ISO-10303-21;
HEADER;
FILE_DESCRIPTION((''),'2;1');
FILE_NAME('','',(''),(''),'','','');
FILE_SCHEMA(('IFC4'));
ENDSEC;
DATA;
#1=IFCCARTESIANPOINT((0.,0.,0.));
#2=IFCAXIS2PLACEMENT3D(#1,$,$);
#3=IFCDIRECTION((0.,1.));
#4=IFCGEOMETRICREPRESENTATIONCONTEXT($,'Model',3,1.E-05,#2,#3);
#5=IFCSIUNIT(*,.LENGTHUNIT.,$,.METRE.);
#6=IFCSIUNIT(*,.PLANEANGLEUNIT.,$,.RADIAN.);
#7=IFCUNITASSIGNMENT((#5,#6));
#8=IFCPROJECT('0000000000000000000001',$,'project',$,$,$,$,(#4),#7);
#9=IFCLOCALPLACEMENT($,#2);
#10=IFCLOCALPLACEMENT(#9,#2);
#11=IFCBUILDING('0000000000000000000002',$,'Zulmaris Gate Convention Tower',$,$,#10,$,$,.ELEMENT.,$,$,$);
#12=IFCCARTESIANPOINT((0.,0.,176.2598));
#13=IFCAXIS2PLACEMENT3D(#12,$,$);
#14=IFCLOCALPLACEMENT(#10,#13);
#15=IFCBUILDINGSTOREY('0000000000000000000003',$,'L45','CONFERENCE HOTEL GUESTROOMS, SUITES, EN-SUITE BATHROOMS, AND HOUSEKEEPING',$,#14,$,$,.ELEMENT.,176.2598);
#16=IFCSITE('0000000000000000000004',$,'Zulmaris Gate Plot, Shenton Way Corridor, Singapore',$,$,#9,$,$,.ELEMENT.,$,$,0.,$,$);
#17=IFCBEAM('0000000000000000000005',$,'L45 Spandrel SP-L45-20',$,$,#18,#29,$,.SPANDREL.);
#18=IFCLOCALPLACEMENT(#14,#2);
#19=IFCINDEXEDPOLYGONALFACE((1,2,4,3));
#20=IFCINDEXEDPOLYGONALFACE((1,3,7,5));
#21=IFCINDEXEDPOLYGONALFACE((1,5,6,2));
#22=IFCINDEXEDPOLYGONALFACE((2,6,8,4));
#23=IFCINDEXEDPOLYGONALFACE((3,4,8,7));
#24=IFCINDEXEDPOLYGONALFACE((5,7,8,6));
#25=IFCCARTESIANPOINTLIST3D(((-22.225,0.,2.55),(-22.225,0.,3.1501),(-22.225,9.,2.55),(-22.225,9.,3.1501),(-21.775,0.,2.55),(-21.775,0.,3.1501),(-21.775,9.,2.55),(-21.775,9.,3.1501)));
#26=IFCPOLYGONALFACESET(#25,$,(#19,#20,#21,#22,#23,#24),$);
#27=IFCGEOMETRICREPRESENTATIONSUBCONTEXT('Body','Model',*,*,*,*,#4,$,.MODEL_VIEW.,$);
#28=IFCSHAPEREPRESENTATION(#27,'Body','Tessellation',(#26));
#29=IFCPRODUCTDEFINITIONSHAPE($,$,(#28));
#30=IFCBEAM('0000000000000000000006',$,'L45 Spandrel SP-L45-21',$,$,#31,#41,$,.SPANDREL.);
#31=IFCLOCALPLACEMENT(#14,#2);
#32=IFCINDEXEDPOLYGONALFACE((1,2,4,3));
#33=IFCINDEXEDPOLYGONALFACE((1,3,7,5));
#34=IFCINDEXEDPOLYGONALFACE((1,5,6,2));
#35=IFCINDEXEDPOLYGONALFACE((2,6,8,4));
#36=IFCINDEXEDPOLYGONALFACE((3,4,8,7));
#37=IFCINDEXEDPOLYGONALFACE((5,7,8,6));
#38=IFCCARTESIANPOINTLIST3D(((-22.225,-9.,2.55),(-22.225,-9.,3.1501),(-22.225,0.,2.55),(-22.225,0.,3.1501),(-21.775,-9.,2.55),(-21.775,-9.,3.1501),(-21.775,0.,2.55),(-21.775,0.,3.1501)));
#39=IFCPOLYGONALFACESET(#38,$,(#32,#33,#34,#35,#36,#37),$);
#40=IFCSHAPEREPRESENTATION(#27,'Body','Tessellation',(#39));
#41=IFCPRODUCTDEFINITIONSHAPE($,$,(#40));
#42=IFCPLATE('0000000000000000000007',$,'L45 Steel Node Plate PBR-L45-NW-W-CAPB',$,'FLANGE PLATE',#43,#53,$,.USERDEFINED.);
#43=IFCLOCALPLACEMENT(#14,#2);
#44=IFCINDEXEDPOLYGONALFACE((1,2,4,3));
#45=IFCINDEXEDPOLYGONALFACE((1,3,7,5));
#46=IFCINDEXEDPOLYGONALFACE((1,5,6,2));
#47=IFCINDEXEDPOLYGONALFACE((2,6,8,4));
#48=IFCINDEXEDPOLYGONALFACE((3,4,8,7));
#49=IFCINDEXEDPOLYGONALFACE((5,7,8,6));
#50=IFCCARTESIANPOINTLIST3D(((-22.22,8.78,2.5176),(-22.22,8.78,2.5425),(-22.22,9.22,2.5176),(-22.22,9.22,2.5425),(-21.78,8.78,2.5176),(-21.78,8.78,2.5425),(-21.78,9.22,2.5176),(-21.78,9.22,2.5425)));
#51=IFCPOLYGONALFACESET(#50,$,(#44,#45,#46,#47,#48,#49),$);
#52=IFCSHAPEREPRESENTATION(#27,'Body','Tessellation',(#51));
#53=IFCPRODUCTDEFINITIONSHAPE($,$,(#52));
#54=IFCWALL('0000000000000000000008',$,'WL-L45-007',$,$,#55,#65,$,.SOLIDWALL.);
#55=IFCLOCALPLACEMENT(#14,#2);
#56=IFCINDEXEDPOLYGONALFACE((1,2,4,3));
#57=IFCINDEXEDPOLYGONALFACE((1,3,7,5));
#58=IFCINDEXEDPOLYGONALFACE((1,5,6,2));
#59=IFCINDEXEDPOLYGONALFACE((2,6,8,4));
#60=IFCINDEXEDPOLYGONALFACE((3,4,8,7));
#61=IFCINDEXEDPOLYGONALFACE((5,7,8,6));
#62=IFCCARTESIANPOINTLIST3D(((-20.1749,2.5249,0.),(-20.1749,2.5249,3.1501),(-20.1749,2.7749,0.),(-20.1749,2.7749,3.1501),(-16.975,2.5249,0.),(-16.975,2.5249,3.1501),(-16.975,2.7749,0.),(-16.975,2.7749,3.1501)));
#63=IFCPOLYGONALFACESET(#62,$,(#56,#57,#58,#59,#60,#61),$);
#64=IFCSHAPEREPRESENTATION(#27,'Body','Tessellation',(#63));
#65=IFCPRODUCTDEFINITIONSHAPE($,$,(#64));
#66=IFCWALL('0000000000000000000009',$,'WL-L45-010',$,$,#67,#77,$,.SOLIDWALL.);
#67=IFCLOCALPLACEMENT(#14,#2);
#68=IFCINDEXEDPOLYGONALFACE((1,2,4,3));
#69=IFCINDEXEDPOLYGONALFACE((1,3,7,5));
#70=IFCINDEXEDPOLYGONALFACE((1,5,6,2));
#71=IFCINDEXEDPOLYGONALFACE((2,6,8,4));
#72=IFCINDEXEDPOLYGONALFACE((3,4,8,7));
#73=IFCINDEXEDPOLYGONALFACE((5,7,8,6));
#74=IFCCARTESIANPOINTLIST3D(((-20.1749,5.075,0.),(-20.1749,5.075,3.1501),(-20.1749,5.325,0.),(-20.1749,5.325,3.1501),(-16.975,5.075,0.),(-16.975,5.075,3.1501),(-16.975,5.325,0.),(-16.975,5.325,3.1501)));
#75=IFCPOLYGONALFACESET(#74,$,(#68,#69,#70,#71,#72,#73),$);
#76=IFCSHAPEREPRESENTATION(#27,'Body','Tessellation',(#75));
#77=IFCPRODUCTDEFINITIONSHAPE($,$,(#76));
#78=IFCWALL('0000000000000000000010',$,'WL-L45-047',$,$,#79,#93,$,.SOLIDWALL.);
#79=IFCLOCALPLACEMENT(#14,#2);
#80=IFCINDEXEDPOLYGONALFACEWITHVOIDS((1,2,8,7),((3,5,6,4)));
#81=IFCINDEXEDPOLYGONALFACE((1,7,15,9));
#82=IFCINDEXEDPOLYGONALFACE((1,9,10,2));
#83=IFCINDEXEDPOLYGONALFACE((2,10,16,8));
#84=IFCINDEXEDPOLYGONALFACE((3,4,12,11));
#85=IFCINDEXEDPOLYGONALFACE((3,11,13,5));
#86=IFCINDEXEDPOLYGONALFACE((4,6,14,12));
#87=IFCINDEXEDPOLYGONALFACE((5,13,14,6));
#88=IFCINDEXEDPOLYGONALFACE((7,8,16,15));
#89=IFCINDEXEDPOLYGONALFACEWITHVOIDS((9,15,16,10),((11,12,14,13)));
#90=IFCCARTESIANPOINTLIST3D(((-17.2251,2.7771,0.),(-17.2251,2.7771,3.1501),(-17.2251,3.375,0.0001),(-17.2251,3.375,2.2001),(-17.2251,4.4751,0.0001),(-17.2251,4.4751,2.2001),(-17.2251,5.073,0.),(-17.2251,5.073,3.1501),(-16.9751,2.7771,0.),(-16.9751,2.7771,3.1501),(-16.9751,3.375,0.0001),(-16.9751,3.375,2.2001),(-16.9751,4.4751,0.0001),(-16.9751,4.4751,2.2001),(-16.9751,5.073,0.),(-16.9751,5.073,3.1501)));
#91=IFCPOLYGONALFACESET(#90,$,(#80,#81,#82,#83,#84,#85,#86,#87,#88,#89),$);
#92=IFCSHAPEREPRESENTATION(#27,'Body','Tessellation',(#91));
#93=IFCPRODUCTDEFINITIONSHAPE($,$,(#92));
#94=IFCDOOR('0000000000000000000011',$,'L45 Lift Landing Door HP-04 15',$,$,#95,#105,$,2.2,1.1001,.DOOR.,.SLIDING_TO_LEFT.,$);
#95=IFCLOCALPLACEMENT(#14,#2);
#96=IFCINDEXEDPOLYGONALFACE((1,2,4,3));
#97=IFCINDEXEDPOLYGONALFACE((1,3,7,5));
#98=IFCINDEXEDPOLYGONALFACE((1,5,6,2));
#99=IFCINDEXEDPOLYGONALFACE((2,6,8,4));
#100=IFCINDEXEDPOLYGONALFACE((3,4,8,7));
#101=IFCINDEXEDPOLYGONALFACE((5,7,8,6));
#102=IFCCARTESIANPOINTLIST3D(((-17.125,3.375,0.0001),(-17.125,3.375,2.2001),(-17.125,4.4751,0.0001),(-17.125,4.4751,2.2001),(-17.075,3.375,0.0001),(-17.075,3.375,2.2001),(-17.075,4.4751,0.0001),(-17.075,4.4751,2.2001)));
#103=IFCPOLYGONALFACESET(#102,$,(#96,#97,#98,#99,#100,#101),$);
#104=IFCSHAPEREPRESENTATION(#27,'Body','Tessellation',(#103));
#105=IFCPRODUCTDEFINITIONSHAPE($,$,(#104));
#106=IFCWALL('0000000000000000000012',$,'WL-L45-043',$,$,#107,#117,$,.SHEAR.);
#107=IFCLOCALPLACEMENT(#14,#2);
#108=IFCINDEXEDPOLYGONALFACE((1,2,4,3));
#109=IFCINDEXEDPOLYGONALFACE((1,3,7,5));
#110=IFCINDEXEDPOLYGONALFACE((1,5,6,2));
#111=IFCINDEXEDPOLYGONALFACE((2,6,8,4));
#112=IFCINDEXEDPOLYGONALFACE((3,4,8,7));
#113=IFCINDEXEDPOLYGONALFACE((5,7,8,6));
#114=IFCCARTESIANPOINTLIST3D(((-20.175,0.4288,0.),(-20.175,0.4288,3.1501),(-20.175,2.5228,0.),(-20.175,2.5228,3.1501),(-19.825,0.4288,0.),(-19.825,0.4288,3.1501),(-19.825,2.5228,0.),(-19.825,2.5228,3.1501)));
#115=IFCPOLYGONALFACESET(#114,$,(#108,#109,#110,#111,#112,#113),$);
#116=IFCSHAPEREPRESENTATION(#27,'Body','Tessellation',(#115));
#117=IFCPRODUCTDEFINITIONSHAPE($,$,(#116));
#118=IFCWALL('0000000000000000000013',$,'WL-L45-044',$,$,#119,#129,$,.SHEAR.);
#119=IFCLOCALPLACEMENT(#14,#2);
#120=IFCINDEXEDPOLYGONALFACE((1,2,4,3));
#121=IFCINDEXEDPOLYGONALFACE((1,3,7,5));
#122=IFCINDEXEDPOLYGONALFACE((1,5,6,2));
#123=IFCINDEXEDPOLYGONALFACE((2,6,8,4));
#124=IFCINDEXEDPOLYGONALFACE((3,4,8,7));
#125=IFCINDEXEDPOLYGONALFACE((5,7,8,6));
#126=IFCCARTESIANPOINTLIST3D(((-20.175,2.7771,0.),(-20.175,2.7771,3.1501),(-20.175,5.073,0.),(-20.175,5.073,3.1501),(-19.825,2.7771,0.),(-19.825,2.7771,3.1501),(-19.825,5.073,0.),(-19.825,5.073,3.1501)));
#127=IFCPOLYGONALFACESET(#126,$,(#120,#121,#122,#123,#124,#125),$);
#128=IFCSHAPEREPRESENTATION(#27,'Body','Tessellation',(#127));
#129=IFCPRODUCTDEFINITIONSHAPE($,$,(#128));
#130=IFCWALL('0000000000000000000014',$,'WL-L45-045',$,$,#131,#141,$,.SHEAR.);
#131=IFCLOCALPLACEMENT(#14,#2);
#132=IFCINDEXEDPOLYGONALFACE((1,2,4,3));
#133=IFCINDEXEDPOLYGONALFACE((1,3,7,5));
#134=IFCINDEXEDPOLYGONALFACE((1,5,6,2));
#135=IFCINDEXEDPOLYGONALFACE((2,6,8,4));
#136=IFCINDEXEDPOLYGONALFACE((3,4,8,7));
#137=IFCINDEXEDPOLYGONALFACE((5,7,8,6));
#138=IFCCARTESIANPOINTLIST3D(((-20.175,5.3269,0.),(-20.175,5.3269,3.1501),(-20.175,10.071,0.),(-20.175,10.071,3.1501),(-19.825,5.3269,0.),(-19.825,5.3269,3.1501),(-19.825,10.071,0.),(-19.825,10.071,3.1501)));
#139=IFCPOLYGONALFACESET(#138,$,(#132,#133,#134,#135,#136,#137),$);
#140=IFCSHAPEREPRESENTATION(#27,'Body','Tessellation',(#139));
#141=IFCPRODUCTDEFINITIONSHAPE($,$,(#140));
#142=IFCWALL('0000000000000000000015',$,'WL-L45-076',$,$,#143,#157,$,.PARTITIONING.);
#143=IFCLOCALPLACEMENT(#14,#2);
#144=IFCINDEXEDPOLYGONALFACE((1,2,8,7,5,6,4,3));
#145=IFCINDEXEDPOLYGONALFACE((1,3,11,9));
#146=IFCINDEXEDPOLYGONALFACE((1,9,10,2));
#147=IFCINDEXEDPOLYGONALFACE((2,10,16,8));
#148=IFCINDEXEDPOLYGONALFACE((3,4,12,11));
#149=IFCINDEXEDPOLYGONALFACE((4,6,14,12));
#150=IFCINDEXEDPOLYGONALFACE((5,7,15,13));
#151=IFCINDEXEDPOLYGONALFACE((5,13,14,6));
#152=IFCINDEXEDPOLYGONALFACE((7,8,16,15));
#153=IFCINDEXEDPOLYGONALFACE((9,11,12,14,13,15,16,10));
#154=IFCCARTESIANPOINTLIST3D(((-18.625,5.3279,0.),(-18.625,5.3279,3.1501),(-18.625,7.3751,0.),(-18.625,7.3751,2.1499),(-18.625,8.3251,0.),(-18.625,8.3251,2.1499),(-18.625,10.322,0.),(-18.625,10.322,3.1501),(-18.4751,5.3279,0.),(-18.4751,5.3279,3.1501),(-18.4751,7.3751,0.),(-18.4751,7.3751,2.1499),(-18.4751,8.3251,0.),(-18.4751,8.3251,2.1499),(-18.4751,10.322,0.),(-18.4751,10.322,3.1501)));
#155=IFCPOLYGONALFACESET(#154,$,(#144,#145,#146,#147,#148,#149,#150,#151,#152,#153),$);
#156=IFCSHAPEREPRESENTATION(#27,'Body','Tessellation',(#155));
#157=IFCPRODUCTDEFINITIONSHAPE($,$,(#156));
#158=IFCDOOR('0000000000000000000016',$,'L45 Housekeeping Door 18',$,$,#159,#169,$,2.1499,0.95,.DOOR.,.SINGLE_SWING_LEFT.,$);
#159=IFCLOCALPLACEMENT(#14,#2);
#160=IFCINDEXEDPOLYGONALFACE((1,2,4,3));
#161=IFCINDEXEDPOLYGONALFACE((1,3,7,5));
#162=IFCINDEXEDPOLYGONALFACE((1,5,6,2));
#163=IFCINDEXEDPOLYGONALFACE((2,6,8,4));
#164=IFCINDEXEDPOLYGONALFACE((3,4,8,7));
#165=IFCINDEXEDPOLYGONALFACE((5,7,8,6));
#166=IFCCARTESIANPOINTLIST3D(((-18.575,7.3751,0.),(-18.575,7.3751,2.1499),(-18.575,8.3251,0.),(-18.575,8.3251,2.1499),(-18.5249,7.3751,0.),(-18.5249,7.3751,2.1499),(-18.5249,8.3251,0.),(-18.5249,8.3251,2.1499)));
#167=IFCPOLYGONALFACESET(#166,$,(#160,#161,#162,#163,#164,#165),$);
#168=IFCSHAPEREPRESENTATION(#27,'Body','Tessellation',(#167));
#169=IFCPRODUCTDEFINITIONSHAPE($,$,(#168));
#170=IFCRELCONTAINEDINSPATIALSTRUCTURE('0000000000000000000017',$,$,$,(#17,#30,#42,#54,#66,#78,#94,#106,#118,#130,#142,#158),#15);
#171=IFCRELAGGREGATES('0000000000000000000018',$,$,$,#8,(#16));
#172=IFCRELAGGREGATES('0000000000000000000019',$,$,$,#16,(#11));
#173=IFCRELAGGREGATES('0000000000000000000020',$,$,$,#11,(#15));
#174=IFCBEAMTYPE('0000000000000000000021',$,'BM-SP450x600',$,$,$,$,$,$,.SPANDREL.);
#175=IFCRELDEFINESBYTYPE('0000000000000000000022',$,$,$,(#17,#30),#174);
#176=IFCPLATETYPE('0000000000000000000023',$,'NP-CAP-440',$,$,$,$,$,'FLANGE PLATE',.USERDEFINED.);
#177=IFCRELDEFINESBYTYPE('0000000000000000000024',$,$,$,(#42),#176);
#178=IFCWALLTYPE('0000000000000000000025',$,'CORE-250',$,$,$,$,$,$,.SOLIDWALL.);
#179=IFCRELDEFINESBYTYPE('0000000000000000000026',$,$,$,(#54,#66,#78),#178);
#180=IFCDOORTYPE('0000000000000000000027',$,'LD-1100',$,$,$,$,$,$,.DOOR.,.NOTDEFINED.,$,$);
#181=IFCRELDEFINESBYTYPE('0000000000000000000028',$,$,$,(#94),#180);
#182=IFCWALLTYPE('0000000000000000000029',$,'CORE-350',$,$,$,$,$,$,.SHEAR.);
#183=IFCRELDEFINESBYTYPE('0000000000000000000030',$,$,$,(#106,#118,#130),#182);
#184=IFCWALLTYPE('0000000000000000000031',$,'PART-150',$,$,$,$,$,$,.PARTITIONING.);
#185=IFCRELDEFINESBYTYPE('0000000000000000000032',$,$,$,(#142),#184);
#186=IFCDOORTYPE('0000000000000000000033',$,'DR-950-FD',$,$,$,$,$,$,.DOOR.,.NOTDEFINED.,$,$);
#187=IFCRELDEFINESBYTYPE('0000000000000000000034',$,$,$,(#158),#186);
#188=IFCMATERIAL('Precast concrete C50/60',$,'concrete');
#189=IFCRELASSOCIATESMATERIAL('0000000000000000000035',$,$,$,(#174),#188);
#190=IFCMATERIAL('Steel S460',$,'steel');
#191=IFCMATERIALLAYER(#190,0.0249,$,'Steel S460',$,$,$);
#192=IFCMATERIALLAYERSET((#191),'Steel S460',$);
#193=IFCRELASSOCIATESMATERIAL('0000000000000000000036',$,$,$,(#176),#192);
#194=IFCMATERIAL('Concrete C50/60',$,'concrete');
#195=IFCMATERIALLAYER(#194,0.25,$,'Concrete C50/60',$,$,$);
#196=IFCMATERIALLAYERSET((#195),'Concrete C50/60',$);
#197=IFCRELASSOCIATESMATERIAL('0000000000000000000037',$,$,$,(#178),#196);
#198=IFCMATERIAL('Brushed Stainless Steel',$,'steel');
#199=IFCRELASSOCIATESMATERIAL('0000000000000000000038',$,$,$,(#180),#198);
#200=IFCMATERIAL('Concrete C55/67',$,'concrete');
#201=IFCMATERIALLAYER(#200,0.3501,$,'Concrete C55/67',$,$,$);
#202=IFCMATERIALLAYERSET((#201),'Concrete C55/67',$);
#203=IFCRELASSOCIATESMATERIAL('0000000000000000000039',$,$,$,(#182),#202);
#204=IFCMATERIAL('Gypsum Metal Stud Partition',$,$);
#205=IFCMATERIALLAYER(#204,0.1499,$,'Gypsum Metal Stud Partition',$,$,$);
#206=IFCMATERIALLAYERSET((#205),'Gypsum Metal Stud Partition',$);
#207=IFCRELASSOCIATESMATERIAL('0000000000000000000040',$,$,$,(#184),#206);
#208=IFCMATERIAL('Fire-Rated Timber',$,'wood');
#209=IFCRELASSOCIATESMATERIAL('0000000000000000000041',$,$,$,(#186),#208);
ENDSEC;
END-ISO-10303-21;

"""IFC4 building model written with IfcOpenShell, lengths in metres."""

from ifc_helpers import new_model, si_unit, direction, frame, frame_2d, origin, origin_2d, place, context, subcontext, project, spatial, rectangle, extrude, material, layer, layer_set, material_profile, profile_set, type_object, element, fill, save


model = new_model("IFC4")

# Units and contexts
model_context = context("Model", 3, precision=1e-05, world=origin(), true_north=direction((0.0, 1.0)))
body_context = subcontext(model_context, "Body", "Model", "MODEL_VIEW")
ifc_project = project(units=[si_unit("LENGTHUNIT", "METRE"), si_unit("PLANEANGLEUNIT", "RADIAN")], contexts=[model_context])

# Site, building, storey
site_placement = place(None, origin())
site = spatial("IfcSite", under=ifc_project, at=site_placement, Name="Zulmaris Gate Plot, Shenton Way Corridor, Singapore", CompositionType="ELEMENT", RefElevation=0.0)
building_placement = place(site_placement, origin())
building = spatial("IfcBuilding", under=site, at=building_placement, Name="Zulmaris Gate Convention Tower", CompositionType="ELEMENT")
storey_placement = place(building_placement, frame((0.0, 0.0, 176.2598)))
storey = spatial("IfcBuildingStorey", under=building, at=storey_placement, Name="L45", Description="CONFERENCE HOTEL GUESTROOMS, SUITES, EN-SUITE BATHROOMS, AND HOUSEKEEPING", CompositionType="ELEMENT", Elevation=176.2598)

# Beams
ifc_material_1 = material(Name="Concrete C50/60", Category="concrete")
ifc_material_2 = material(Name="Precast concrete C50/60", Category="concrete")
ifc_material_profile_1 = material_profile(ifc_material_2, rectangle(XDim=0.45, YDim=0.6001, at=origin_2d()), Name="RC SPANDREL 450x600")
ifc_profile_set_1 = profile_set([ifc_material_profile_1], Name="Precast concrete C50/60")
beam_type_1 = type_object("IfcBeamType", Name="BM-SP450x600", PredefinedType="SPANDREL", material=ifc_profile_set_1)
for number, where, z_axis, x_axis, name in (
    (1, (-22.0, 9.0, 2.8501), (0.0, -1.0, 0.0), (1.0, 0.0, 0.0), "L45 Spandrel SP-L45-20"),
    (2, (-22.0, 0.0, 2.8501), (0.0, -1.0, 0.0), (1.0, 0.0, 0.0), "L45 Spandrel SP-L45-21"),
):
    element("IfcBeam", number, at=place(storey_placement, frame(where, z_axis=z_axis, x_axis=x_axis)), inside=storey, type_object=beam_type_1, Name=name, PredefinedType="SPANDREL", context=body_context, shape_type="SweptSolid", body=[
        extrude(rectangle(XDim=0.45, YDim=0.6001, at=origin_2d()), origin(), (0.0, 0.0, 1.0), 9.0),
    ])

# Plate
ifc_material_3 = material(Name="Steel S460", Category="steel")
ifc_layer_1 = layer(ifc_material_3, 0.0249, Name="Steel S460")
ifc_layer_set_1 = layer_set([ifc_layer_1], Name="Steel S460")
plate_type = type_object("IfcPlateType", Name="NP-CAP-440", ElementType="FLANGE PLATE", PredefinedType="USERDEFINED", material=ifc_layer_set_1)
plate_placement = place(storey_placement, frame((-22.0, 9.0, 2.5176), z_axis=(0.0, 0.0, 1.0), x_axis=(1.0, 0.0, 0.0)))
element("IfcPlate", 3, at=plate_placement, inside=storey, type_object=plate_type, Name="L45 Steel Node Plate PBR-L45-NW-W-CAPB", ObjectType="FLANGE PLATE", PredefinedType="USERDEFINED", context=body_context, shape_type="SweptSolid", body=[
    extrude(rectangle(XDim=0.4399, YDim=0.4399, at=origin_2d()), origin(), (0.0, 0.0, 1.0), 0.0249),
])

# Walls
ifc_layer_2 = layer(ifc_material_1, 0.25, Name="Concrete C50/60")
ifc_layer_set_2 = layer_set([ifc_layer_2], Name="Concrete C50/60")
wall_type_1 = type_object("IfcWallType", Name="CORE-250", PredefinedType="SOLIDWALL", material=ifc_layer_set_2)
for number, where, z_axis, x_axis, name in (
    (4, (-20.175, 2.6499, 0.0), (0.0, 0.0, 1.0), (1.0, 0.0, 0.0), "WL-L45-007"),
    (5, (-20.175, 5.2, 0.0), (0.0, 0.0, 1.0), (1.0, 0.0, 0.0), "WL-L45-010"),
):
    element("IfcWall", number, at=place(storey_placement, frame(where, z_axis=z_axis, x_axis=x_axis)), inside=storey, type_object=wall_type_1, Name=name, PredefinedType="SOLIDWALL", context=body_context, shape_type="SweptSolid", body=[
        extrude(rectangle(XDim=3.2, YDim=0.25, at=frame_2d((1.6001, 0.0))), origin(), (0.0, 0.0, 1.0), 3.1501),
    ])

# Wall, opening, door
wall_1_placement = place(storey_placement, frame((-17.1001, 2.7771, 0.0), z_axis=(0.0, 0.0, 1.0), x_axis=(0.0, 1.0, 0.0)))
wall_1 = element("IfcWall", 6, at=wall_1_placement, inside=storey, type_object=wall_type_1, Name="WL-L45-047", PredefinedType="SOLIDWALL", context=body_context, shape_type="SweptSolid", body=[
    extrude(rectangle(XDim=2.2959, YDim=0.25, at=frame_2d((1.1479, 0.0))), origin(), (0.0, 0.0, 1.0), 3.1501),
])
opening_1_placement = place(wall_1_placement, frame((0.5979, 0.0, 0.0)))
opening_1 = element("IfcOpeningElement", 7, at=opening_1_placement, cuts=wall_1, PredefinedType="OPENING", context=body_context, shape_type="SweptSolid", body=[
    extrude(rectangle(XDim=1.1001, YDim=2.2, at=frame_2d((0.55, 1.1001))), frame((0.0, 0.135, 0.0), z_axis=(0.0, -1.0, 0.0), x_axis=(1.0, 0.0, 0.0)), (0.0, 0.0, 1.0), 0.27),
])
ifc_material_4 = material(Name="Brushed Stainless Steel", Category="steel")
door_type_1 = type_object("IfcDoorType", Name="LD-1100", OperationType="NOTDEFINED", PredefinedType="DOOR", material=ifc_material_4)
door_1_placement = place(opening_1_placement, origin())
door_1 = element("IfcDoor", 8, at=door_1_placement, inside=storey, type_object=door_type_1, Name="L45 Lift Landing Door HP-04 15", OperationType="SLIDING_TO_LEFT", OverallHeight=2.2, OverallWidth=1.1001, PredefinedType="DOOR", context=body_context, shape_type="SweptSolid", body=[
    extrude(rectangle(XDim=1.1001, YDim=2.2, at=frame_2d((0.55, 1.1001))), frame((0.0, 0.0249, 0.0), z_axis=(0.0, -1.0, 0.0), x_axis=(1.0, 0.0, 0.0)), (0.0, 0.0, 1.0), 0.05),
])
fill(opening_1, door_1)

# Walls
ifc_material_5 = material(Name="Concrete C55/67", Category="concrete")
ifc_layer_3 = layer(ifc_material_5, 0.3501, Name="Concrete C55/67")
ifc_layer_set_3 = layer_set([ifc_layer_3], Name="Concrete C55/67")
wall_type_2 = type_object("IfcWallType", Name="CORE-350", PredefinedType="SHEAR", material=ifc_layer_set_3)
wall_2_placement = place(storey_placement, frame((-20.0, 0.429, 0.0), z_axis=(0.0, 0.0, 1.0), x_axis=(0.0, 1.0, 0.0)))
element("IfcWall", 9, at=wall_2_placement, inside=storey, type_object=wall_type_2, Name="WL-L45-043", PredefinedType="SHEAR", context=body_context, shape_type="SweptSolid", body=[
    extrude(rectangle(XDim=2.094, YDim=0.3501, at=frame_2d((1.0469, 0.0))), origin(), (0.0, 0.0, 1.0), 3.1501),
])
wall_3_placement = place(storey_placement, frame((-20.0, 2.7771, 0.0), z_axis=(0.0, 0.0, 1.0), x_axis=(0.0, 1.0, 0.0)))
element("IfcWall", 10, at=wall_3_placement, inside=storey, type_object=wall_type_2, Name="WL-L45-044", PredefinedType="SHEAR", context=body_context, shape_type="SweptSolid", body=[
    extrude(rectangle(XDim=2.2959, YDim=0.3501, at=frame_2d((1.1479, 0.0))), origin(), (0.0, 0.0, 1.0), 3.1501),
])
wall_4_placement = place(storey_placement, frame((-20.0, 5.3269, 0.0), z_axis=(0.0, 0.0, 1.0), x_axis=(0.0, 1.0, 0.0)))
element("IfcWall", 11, at=wall_4_placement, inside=storey, type_object=wall_type_2, Name="WL-L45-045", PredefinedType="SHEAR", context=body_context, shape_type="SweptSolid", body=[
    extrude(rectangle(XDim=4.7441, YDim=0.3501, at=frame_2d((2.3721, 0.0))), origin(), (0.0, 0.0, 1.0), 3.1501),
])

# Wall, opening, door
ifc_material_6 = material(Name="Gypsum Metal Stud Partition")
ifc_layer_4 = layer(ifc_material_6, 0.1499, Name="Gypsum Metal Stud Partition")
ifc_layer_set_4 = layer_set([ifc_layer_4], Name="Gypsum Metal Stud Partition")
wall_type_3 = type_object("IfcWallType", Name="PART-150", PredefinedType="PARTITIONING", material=ifc_layer_set_4)
wall_5_placement = place(storey_placement, frame((-18.55, 5.3279, 0.0), z_axis=(0.0, 0.0, 1.0), x_axis=(0.0, 1.0, 0.0)))
wall_5 = element("IfcWall", 12, at=wall_5_placement, inside=storey, type_object=wall_type_3, Name="WL-L45-076", PredefinedType="PARTITIONING", context=body_context, shape_type="SweptSolid", body=[
    extrude(rectangle(XDim=4.9941, YDim=0.1499, at=frame_2d((2.4971, 0.0))), origin(), (0.0, 0.0, 1.0), 3.1501),
])
opening_2_placement = place(wall_5_placement, frame((2.0471, 0.0, 0.0)))
opening_2 = element("IfcOpeningElement", 13, at=opening_2_placement, cuts=wall_5, PredefinedType="OPENING", context=body_context, shape_type="SweptSolid", body=[
    extrude(rectangle(XDim=0.95, YDim=2.1499, at=frame_2d((0.4751, 1.075))), frame((0.0, 0.085, 0.0), z_axis=(0.0, -1.0, 0.0), x_axis=(1.0, 0.0, 0.0)), (0.0, 0.0, 1.0), 0.1699),
])
ifc_material_7 = material(Name="Fire-Rated Timber", Category="wood")
door_type_2 = type_object("IfcDoorType", Name="DR-950-FD", OperationType="NOTDEFINED", PredefinedType="DOOR", material=ifc_material_7)
door_2_placement = place(opening_2_placement, origin())
door_2 = element("IfcDoor", 14, at=door_2_placement, inside=storey, type_object=door_type_2, Name="L45 Housekeeping Door 18", OperationType="SINGLE_SWING_LEFT", OverallHeight=2.1499, OverallWidth=0.95, PredefinedType="DOOR", context=body_context, shape_type="SweptSolid", body=[
    extrude(rectangle(XDim=0.95, YDim=2.1499, at=frame_2d((0.4751, 1.075))), frame((0.0, 0.0249, 0.0), z_axis=(0.0, -1.0, 0.0), x_axis=(1.0, 0.0, 0.0)), (0.0, 0.0, 1.0), 0.05),
])
fill(opening_2, door_2)

save(model, "model.ifc")
